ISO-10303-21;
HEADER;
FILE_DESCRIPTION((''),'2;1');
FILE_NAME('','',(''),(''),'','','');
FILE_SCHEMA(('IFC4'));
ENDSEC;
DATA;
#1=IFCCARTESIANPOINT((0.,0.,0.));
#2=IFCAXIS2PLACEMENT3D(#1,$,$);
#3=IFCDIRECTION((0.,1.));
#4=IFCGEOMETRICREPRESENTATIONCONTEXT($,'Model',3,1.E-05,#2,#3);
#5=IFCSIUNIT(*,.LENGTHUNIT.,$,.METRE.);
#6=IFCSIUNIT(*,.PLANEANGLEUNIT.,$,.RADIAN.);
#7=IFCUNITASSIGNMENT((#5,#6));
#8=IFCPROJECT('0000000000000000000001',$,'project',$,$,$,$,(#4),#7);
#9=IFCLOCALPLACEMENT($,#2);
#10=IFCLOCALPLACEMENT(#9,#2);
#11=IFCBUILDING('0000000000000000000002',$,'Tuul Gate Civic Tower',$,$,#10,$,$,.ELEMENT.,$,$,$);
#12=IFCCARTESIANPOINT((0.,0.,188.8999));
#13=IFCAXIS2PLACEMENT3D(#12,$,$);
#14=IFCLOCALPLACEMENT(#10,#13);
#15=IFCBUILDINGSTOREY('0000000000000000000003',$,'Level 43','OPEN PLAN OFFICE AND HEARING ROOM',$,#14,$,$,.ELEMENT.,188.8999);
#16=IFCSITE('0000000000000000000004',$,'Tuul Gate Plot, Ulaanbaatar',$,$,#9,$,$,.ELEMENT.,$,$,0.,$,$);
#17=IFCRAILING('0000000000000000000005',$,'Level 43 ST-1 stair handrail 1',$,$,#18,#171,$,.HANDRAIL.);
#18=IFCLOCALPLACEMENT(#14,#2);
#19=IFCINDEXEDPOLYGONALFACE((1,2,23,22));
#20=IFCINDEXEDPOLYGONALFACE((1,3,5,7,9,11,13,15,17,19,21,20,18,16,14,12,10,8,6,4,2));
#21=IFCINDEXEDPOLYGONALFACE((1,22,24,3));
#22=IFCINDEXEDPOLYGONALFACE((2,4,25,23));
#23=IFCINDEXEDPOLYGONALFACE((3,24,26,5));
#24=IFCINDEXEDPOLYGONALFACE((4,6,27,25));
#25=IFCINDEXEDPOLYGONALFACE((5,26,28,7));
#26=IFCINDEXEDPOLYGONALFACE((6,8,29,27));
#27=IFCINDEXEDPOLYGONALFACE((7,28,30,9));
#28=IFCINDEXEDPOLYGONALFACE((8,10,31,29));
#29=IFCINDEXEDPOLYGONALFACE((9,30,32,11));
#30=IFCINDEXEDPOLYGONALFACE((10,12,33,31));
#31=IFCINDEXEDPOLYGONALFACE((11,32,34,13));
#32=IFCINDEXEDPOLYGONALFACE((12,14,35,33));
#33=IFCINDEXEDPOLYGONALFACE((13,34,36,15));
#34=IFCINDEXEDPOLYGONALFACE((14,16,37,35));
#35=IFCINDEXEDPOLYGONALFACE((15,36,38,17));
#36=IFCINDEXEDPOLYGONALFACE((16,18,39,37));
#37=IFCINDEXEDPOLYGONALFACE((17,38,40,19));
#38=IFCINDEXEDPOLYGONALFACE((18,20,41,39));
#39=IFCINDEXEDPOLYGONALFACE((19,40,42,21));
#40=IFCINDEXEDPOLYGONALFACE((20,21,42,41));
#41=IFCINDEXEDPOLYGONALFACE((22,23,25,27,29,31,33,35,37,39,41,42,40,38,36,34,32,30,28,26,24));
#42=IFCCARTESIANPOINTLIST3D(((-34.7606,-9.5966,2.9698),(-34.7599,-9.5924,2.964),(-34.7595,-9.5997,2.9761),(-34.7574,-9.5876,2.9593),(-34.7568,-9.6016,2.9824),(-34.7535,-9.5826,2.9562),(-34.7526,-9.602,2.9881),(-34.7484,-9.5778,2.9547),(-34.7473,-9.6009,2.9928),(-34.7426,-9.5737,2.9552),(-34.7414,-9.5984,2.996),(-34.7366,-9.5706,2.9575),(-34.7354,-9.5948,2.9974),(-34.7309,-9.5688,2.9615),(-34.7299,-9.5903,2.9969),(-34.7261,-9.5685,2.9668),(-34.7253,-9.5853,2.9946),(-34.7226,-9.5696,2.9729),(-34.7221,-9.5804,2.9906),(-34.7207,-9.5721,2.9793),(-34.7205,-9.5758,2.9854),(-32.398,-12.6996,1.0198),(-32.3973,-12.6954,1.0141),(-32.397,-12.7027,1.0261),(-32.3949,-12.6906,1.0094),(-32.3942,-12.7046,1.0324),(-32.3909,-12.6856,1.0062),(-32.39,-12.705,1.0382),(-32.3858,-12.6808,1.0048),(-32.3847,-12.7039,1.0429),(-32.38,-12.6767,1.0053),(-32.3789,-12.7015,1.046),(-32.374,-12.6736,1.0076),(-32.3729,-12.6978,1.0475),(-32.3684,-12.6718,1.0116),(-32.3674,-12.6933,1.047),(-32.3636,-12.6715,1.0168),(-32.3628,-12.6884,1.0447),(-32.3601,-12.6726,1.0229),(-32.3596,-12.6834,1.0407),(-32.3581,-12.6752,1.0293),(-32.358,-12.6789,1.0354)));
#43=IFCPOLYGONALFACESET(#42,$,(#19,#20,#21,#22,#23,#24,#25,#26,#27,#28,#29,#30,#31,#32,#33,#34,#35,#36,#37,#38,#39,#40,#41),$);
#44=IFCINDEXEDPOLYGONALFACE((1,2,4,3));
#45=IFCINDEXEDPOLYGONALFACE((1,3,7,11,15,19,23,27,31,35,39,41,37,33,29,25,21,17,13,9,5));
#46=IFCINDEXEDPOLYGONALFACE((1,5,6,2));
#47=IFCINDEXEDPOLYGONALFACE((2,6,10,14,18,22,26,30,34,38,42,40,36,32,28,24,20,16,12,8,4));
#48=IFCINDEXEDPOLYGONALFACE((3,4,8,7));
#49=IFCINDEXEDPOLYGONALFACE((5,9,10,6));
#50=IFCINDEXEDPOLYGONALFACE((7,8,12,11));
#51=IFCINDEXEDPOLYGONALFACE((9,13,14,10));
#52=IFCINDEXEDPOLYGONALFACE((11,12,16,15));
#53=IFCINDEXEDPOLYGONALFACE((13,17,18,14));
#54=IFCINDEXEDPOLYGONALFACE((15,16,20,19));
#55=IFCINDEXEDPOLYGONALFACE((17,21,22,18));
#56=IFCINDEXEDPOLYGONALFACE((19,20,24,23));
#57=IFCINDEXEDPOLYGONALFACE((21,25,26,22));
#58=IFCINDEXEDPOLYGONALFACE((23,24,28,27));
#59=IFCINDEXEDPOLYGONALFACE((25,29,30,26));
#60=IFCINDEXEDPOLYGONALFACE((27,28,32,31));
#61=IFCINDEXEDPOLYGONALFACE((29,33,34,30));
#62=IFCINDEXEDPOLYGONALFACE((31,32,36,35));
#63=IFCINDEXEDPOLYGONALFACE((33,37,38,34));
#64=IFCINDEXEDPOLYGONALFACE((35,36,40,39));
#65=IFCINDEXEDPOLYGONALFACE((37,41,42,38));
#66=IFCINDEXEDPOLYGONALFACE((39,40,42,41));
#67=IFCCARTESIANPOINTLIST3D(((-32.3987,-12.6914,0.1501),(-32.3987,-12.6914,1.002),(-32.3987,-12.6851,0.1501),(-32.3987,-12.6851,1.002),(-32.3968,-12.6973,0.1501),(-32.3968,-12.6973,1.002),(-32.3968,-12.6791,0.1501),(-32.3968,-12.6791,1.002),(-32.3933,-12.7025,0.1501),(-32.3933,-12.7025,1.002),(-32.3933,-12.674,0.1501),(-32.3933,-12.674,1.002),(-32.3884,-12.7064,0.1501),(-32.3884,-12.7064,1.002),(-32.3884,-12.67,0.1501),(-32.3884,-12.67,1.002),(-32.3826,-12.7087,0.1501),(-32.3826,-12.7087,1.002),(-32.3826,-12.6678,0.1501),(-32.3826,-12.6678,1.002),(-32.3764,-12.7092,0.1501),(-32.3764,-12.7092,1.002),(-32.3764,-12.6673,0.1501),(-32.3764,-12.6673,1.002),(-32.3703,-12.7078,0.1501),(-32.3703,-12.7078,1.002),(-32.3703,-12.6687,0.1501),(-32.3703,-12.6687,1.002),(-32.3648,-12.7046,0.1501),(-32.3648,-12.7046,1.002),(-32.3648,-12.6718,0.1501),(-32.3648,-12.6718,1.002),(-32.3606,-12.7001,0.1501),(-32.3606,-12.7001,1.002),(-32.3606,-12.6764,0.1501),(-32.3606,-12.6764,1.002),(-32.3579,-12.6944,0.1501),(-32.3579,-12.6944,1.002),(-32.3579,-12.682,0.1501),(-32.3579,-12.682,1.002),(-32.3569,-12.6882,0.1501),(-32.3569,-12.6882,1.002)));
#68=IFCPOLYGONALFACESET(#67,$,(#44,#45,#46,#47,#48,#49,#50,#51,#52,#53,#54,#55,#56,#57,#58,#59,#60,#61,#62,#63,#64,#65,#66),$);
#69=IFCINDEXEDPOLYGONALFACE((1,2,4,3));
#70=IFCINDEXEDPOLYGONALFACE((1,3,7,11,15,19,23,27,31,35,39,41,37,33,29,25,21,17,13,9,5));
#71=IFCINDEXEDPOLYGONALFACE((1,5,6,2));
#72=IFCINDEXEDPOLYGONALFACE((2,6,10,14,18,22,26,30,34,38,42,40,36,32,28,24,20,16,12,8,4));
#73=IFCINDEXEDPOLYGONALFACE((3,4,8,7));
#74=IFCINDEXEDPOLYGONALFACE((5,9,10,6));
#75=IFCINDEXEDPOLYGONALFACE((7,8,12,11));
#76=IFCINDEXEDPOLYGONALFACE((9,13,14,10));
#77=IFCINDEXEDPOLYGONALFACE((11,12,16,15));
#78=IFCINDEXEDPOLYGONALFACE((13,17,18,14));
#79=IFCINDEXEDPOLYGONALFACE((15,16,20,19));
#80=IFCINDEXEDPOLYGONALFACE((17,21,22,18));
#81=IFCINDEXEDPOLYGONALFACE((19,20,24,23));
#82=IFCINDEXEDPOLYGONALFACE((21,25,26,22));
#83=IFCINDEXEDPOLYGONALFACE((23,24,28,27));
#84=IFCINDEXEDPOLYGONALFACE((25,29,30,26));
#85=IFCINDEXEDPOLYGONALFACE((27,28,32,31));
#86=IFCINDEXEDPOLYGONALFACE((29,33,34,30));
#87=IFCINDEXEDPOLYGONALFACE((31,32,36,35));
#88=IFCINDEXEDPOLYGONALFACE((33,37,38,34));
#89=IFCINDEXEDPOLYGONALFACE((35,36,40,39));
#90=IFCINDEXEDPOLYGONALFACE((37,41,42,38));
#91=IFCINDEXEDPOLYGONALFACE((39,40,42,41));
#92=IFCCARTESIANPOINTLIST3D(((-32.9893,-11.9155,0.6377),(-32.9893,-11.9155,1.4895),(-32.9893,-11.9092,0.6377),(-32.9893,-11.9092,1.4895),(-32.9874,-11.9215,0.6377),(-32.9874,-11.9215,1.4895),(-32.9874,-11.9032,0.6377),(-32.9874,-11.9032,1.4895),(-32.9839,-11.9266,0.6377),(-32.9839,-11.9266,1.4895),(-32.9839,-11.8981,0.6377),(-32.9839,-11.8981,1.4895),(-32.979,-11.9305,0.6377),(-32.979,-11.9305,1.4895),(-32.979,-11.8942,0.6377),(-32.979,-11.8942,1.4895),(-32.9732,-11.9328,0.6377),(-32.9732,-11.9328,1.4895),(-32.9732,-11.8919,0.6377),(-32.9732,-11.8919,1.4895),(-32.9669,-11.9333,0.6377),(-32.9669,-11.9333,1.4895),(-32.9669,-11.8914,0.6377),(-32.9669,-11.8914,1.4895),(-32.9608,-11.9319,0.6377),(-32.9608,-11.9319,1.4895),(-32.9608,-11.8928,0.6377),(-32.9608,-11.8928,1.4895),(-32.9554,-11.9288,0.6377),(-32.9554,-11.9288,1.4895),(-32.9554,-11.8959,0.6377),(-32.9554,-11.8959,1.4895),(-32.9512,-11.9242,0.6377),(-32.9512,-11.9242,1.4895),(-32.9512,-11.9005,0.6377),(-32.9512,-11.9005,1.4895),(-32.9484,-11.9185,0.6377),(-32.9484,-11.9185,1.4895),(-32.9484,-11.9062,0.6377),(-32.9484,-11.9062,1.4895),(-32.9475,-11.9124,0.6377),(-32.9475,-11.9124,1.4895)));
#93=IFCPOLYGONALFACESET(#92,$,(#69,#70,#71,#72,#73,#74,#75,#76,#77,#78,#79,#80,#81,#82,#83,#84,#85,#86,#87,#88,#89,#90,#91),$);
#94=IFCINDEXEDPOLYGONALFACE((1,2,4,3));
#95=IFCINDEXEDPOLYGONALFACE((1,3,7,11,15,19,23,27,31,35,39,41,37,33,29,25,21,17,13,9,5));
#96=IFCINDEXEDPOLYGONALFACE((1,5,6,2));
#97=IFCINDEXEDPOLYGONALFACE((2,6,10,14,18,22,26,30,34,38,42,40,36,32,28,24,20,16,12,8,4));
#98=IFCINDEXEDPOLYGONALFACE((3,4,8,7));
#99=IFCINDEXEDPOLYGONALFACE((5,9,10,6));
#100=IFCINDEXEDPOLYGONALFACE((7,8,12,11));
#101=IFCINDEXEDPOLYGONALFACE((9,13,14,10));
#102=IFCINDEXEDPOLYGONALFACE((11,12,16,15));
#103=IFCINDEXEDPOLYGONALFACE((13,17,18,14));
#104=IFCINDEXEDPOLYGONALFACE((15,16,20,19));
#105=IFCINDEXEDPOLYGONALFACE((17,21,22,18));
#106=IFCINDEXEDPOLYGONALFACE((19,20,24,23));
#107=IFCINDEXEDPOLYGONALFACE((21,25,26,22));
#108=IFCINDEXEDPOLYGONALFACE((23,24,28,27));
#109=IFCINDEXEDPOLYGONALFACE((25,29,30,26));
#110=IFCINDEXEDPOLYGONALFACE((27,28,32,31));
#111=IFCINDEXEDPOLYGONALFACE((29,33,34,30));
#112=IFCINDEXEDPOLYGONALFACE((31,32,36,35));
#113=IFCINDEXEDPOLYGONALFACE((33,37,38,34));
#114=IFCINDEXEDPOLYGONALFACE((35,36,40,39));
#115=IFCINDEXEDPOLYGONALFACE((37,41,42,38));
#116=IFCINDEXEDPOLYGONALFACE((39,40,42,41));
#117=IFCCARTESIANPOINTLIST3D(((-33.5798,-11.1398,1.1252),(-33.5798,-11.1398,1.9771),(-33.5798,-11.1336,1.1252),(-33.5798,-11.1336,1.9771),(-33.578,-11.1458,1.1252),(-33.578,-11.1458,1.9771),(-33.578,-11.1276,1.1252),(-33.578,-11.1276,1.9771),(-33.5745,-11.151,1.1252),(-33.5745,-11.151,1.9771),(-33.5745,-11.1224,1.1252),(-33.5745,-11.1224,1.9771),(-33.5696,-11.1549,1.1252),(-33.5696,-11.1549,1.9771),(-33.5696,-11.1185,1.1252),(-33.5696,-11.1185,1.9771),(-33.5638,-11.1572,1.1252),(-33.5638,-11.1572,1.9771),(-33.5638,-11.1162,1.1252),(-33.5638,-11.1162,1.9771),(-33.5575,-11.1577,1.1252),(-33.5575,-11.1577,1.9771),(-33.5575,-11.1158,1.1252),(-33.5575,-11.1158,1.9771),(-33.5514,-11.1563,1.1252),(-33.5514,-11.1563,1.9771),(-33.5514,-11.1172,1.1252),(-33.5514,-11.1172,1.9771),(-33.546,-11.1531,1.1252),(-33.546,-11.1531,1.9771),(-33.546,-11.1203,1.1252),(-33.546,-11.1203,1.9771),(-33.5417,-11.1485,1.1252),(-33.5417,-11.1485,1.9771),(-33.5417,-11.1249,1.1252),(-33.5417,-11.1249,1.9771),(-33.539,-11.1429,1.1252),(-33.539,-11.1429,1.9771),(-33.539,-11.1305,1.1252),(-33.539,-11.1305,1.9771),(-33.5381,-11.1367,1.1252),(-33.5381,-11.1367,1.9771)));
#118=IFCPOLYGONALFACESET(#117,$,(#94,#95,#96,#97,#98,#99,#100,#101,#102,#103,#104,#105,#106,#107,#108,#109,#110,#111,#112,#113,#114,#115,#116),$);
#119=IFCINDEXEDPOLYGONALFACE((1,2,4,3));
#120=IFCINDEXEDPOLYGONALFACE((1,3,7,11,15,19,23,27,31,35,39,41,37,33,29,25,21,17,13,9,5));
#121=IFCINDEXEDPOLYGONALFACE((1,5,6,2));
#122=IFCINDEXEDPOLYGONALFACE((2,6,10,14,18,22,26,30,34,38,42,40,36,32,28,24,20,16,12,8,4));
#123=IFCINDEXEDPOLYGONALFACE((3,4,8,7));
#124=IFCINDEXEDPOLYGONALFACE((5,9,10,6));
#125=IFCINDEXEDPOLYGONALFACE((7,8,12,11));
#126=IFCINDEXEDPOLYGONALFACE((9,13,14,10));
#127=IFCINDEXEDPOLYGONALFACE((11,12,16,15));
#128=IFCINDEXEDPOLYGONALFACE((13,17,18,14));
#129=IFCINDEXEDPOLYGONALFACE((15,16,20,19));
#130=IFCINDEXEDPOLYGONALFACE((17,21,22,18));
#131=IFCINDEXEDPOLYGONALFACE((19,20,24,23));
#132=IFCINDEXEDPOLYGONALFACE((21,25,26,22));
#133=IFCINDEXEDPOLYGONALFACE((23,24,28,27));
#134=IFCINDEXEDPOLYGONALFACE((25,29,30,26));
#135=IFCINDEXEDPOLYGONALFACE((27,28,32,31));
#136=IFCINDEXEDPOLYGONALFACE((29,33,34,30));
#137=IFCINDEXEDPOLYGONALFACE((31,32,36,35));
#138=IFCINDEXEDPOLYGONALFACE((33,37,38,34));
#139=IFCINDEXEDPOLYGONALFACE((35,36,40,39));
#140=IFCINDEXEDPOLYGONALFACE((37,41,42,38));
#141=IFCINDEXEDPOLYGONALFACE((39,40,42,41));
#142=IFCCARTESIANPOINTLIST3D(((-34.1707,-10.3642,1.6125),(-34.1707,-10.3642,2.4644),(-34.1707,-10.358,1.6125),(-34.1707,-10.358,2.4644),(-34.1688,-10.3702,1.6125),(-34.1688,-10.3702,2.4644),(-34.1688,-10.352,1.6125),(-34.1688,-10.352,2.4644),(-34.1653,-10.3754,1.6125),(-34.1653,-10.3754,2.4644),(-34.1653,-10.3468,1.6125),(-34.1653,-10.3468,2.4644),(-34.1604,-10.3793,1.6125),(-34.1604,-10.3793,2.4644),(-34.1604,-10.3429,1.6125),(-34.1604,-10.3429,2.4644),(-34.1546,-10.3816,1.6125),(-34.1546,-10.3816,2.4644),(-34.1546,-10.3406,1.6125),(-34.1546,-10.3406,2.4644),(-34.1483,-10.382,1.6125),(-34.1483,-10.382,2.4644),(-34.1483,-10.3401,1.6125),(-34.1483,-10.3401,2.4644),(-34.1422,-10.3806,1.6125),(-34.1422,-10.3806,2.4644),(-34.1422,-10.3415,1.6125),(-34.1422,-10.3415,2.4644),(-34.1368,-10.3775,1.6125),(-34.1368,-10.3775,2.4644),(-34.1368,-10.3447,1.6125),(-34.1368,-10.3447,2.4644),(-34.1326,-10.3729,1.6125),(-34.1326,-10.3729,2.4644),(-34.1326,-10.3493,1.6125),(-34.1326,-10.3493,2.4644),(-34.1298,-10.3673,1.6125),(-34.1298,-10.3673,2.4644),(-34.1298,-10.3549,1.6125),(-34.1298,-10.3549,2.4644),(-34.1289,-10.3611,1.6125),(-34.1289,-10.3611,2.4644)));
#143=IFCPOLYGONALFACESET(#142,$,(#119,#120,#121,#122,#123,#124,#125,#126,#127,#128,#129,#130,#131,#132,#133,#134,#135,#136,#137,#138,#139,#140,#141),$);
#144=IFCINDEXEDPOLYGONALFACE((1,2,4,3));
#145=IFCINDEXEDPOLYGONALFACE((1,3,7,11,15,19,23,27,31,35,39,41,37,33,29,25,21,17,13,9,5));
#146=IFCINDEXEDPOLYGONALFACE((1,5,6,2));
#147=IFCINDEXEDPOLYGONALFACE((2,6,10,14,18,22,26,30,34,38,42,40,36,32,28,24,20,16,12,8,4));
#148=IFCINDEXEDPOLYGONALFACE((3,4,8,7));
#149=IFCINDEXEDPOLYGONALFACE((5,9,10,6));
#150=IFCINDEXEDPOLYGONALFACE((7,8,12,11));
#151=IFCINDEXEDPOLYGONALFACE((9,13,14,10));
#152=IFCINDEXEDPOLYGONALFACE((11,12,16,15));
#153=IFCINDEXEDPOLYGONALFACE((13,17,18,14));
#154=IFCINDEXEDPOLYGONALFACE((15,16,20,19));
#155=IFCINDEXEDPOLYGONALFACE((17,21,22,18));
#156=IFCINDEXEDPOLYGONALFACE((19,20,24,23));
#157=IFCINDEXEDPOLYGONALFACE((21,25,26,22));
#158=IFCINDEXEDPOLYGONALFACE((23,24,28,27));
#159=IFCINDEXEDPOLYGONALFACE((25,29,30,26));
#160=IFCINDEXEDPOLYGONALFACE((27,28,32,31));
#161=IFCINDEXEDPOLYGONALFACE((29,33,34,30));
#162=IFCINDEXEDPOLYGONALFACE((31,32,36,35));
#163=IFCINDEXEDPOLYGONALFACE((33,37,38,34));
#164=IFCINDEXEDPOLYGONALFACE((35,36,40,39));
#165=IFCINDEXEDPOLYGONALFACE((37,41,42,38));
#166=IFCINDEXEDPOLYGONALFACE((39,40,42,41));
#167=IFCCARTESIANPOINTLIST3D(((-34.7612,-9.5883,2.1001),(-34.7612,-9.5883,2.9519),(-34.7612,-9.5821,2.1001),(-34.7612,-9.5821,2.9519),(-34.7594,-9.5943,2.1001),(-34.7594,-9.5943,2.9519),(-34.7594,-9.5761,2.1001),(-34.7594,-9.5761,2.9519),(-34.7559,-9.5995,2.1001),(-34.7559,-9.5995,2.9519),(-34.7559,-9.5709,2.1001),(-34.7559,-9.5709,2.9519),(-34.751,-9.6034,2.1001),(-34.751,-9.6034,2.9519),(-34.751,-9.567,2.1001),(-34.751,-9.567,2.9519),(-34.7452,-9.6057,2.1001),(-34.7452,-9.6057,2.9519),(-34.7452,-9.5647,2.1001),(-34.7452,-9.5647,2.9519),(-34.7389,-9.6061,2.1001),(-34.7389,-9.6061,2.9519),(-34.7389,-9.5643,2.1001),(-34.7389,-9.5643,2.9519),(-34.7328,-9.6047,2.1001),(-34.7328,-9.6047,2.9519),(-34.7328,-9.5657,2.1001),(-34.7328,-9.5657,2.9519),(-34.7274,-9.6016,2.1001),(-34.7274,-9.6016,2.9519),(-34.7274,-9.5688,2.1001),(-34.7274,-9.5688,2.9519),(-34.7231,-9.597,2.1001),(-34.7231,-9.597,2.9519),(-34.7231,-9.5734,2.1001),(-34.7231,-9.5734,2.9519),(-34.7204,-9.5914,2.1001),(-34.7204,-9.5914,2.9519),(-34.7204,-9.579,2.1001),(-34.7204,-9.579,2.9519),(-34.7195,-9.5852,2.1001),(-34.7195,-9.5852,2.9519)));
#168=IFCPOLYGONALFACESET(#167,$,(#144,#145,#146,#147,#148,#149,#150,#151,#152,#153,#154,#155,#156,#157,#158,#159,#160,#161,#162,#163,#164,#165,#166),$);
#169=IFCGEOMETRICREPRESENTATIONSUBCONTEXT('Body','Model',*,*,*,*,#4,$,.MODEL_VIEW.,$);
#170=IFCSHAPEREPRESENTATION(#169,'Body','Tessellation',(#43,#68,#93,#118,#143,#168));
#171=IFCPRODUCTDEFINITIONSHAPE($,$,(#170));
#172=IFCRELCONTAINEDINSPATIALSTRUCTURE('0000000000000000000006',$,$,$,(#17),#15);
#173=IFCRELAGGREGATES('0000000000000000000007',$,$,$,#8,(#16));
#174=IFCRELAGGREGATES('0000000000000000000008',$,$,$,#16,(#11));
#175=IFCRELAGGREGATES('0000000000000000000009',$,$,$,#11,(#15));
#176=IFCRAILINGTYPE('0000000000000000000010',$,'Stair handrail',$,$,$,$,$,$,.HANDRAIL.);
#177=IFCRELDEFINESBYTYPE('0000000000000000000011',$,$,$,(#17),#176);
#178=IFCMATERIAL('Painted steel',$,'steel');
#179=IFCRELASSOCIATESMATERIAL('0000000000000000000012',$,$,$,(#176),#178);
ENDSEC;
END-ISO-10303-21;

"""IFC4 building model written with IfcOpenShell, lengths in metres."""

from ifc_helpers import new_model, si_unit, direction, frame, origin, origin_2d, place, context, subcontext, project, spatial, circle, extrude, material, type_object, element, save


model = new_model("IFC4")

# Units and contexts
model_context = context("Model", 3, precision=1e-05, world=origin(), true_north=direction((0.0, 1.0)))
body_context = subcontext(model_context, "Body", "Model", "MODEL_VIEW")
ifc_project = project(units=[si_unit("LENGTHUNIT", "METRE"), si_unit("PLANEANGLEUNIT", "RADIAN")], contexts=[model_context])

# Site, building, storey
site_placement = place(None, origin())
site = spatial("IfcSite", under=ifc_project, at=site_placement, Name="Tuul Gate Plot, Ulaanbaatar", CompositionType="ELEMENT", RefElevation=0.0)
building_placement = place(site_placement, origin())
building = spatial("IfcBuilding", under=site, at=building_placement, Name="Tuul Gate Civic Tower", CompositionType="ELEMENT")
storey_placement = place(building_placement, frame((0.0, 0.0, 188.8999)))
storey = spatial("IfcBuildingStorey", under=building, at=storey_placement, Name="Level 43", Description="OPEN PLAN OFFICE AND HEARING ROOM", CompositionType="ELEMENT", Elevation=188.8999)

# Railing
ifc_material_1 = material(Name="Painted steel", Category="steel")
railing_type_1 = type_object("IfcRailingType", Name="Stair handrail", PredefinedType="HANDRAIL", material=ifc_material_1)
railing_1_placement = place(storey_placement, frame((-32.3779, -12.6882, 0.1501)))
element("IfcRailing", 1, at=railing_1_placement, inside=storey, type_object=railing_type_1, Name="Level 43 ST-1 stair handrail 1", PredefinedType="HANDRAIL", context=body_context, shape_type="SweptSolid", body=[
    extrude(circle(Radius=0.0239, at=origin_2d()), frame((0.0, 0.0, 0.876), z_axis=(-0.541824, 0.711645, 0.4472), x_axis=(-0.795637, -0.605773, 0.0)), (0.0, 0.0, 1.0), 4.3604),
    extrude(circle(Radius=0.021, at=origin_2d()), origin(), (0.0, 0.0, 1.0), 0.8518),
    extrude(circle(Radius=0.021, at=origin_2d()), frame((-0.5906, 0.7759, 0.4875)), (0.0, 0.0, 1.0), 0.8518),
    extrude(circle(Radius=0.021, at=origin_2d()), frame((-1.1812, 1.5515, 0.9751)), (0.0, 0.0, 1.0), 0.8518),
    extrude(circle(Radius=0.021, at=origin_2d()), frame((-1.772, 2.3271, 1.4624)), (0.0, 0.0, 1.0), 0.8518),
    extrude(circle(Radius=0.021, at=origin_2d()), frame((-2.3625, 3.103, 1.95)), (0.0, 0.0, 1.0), 0.8518),
])

save(model, "model.ifc")
